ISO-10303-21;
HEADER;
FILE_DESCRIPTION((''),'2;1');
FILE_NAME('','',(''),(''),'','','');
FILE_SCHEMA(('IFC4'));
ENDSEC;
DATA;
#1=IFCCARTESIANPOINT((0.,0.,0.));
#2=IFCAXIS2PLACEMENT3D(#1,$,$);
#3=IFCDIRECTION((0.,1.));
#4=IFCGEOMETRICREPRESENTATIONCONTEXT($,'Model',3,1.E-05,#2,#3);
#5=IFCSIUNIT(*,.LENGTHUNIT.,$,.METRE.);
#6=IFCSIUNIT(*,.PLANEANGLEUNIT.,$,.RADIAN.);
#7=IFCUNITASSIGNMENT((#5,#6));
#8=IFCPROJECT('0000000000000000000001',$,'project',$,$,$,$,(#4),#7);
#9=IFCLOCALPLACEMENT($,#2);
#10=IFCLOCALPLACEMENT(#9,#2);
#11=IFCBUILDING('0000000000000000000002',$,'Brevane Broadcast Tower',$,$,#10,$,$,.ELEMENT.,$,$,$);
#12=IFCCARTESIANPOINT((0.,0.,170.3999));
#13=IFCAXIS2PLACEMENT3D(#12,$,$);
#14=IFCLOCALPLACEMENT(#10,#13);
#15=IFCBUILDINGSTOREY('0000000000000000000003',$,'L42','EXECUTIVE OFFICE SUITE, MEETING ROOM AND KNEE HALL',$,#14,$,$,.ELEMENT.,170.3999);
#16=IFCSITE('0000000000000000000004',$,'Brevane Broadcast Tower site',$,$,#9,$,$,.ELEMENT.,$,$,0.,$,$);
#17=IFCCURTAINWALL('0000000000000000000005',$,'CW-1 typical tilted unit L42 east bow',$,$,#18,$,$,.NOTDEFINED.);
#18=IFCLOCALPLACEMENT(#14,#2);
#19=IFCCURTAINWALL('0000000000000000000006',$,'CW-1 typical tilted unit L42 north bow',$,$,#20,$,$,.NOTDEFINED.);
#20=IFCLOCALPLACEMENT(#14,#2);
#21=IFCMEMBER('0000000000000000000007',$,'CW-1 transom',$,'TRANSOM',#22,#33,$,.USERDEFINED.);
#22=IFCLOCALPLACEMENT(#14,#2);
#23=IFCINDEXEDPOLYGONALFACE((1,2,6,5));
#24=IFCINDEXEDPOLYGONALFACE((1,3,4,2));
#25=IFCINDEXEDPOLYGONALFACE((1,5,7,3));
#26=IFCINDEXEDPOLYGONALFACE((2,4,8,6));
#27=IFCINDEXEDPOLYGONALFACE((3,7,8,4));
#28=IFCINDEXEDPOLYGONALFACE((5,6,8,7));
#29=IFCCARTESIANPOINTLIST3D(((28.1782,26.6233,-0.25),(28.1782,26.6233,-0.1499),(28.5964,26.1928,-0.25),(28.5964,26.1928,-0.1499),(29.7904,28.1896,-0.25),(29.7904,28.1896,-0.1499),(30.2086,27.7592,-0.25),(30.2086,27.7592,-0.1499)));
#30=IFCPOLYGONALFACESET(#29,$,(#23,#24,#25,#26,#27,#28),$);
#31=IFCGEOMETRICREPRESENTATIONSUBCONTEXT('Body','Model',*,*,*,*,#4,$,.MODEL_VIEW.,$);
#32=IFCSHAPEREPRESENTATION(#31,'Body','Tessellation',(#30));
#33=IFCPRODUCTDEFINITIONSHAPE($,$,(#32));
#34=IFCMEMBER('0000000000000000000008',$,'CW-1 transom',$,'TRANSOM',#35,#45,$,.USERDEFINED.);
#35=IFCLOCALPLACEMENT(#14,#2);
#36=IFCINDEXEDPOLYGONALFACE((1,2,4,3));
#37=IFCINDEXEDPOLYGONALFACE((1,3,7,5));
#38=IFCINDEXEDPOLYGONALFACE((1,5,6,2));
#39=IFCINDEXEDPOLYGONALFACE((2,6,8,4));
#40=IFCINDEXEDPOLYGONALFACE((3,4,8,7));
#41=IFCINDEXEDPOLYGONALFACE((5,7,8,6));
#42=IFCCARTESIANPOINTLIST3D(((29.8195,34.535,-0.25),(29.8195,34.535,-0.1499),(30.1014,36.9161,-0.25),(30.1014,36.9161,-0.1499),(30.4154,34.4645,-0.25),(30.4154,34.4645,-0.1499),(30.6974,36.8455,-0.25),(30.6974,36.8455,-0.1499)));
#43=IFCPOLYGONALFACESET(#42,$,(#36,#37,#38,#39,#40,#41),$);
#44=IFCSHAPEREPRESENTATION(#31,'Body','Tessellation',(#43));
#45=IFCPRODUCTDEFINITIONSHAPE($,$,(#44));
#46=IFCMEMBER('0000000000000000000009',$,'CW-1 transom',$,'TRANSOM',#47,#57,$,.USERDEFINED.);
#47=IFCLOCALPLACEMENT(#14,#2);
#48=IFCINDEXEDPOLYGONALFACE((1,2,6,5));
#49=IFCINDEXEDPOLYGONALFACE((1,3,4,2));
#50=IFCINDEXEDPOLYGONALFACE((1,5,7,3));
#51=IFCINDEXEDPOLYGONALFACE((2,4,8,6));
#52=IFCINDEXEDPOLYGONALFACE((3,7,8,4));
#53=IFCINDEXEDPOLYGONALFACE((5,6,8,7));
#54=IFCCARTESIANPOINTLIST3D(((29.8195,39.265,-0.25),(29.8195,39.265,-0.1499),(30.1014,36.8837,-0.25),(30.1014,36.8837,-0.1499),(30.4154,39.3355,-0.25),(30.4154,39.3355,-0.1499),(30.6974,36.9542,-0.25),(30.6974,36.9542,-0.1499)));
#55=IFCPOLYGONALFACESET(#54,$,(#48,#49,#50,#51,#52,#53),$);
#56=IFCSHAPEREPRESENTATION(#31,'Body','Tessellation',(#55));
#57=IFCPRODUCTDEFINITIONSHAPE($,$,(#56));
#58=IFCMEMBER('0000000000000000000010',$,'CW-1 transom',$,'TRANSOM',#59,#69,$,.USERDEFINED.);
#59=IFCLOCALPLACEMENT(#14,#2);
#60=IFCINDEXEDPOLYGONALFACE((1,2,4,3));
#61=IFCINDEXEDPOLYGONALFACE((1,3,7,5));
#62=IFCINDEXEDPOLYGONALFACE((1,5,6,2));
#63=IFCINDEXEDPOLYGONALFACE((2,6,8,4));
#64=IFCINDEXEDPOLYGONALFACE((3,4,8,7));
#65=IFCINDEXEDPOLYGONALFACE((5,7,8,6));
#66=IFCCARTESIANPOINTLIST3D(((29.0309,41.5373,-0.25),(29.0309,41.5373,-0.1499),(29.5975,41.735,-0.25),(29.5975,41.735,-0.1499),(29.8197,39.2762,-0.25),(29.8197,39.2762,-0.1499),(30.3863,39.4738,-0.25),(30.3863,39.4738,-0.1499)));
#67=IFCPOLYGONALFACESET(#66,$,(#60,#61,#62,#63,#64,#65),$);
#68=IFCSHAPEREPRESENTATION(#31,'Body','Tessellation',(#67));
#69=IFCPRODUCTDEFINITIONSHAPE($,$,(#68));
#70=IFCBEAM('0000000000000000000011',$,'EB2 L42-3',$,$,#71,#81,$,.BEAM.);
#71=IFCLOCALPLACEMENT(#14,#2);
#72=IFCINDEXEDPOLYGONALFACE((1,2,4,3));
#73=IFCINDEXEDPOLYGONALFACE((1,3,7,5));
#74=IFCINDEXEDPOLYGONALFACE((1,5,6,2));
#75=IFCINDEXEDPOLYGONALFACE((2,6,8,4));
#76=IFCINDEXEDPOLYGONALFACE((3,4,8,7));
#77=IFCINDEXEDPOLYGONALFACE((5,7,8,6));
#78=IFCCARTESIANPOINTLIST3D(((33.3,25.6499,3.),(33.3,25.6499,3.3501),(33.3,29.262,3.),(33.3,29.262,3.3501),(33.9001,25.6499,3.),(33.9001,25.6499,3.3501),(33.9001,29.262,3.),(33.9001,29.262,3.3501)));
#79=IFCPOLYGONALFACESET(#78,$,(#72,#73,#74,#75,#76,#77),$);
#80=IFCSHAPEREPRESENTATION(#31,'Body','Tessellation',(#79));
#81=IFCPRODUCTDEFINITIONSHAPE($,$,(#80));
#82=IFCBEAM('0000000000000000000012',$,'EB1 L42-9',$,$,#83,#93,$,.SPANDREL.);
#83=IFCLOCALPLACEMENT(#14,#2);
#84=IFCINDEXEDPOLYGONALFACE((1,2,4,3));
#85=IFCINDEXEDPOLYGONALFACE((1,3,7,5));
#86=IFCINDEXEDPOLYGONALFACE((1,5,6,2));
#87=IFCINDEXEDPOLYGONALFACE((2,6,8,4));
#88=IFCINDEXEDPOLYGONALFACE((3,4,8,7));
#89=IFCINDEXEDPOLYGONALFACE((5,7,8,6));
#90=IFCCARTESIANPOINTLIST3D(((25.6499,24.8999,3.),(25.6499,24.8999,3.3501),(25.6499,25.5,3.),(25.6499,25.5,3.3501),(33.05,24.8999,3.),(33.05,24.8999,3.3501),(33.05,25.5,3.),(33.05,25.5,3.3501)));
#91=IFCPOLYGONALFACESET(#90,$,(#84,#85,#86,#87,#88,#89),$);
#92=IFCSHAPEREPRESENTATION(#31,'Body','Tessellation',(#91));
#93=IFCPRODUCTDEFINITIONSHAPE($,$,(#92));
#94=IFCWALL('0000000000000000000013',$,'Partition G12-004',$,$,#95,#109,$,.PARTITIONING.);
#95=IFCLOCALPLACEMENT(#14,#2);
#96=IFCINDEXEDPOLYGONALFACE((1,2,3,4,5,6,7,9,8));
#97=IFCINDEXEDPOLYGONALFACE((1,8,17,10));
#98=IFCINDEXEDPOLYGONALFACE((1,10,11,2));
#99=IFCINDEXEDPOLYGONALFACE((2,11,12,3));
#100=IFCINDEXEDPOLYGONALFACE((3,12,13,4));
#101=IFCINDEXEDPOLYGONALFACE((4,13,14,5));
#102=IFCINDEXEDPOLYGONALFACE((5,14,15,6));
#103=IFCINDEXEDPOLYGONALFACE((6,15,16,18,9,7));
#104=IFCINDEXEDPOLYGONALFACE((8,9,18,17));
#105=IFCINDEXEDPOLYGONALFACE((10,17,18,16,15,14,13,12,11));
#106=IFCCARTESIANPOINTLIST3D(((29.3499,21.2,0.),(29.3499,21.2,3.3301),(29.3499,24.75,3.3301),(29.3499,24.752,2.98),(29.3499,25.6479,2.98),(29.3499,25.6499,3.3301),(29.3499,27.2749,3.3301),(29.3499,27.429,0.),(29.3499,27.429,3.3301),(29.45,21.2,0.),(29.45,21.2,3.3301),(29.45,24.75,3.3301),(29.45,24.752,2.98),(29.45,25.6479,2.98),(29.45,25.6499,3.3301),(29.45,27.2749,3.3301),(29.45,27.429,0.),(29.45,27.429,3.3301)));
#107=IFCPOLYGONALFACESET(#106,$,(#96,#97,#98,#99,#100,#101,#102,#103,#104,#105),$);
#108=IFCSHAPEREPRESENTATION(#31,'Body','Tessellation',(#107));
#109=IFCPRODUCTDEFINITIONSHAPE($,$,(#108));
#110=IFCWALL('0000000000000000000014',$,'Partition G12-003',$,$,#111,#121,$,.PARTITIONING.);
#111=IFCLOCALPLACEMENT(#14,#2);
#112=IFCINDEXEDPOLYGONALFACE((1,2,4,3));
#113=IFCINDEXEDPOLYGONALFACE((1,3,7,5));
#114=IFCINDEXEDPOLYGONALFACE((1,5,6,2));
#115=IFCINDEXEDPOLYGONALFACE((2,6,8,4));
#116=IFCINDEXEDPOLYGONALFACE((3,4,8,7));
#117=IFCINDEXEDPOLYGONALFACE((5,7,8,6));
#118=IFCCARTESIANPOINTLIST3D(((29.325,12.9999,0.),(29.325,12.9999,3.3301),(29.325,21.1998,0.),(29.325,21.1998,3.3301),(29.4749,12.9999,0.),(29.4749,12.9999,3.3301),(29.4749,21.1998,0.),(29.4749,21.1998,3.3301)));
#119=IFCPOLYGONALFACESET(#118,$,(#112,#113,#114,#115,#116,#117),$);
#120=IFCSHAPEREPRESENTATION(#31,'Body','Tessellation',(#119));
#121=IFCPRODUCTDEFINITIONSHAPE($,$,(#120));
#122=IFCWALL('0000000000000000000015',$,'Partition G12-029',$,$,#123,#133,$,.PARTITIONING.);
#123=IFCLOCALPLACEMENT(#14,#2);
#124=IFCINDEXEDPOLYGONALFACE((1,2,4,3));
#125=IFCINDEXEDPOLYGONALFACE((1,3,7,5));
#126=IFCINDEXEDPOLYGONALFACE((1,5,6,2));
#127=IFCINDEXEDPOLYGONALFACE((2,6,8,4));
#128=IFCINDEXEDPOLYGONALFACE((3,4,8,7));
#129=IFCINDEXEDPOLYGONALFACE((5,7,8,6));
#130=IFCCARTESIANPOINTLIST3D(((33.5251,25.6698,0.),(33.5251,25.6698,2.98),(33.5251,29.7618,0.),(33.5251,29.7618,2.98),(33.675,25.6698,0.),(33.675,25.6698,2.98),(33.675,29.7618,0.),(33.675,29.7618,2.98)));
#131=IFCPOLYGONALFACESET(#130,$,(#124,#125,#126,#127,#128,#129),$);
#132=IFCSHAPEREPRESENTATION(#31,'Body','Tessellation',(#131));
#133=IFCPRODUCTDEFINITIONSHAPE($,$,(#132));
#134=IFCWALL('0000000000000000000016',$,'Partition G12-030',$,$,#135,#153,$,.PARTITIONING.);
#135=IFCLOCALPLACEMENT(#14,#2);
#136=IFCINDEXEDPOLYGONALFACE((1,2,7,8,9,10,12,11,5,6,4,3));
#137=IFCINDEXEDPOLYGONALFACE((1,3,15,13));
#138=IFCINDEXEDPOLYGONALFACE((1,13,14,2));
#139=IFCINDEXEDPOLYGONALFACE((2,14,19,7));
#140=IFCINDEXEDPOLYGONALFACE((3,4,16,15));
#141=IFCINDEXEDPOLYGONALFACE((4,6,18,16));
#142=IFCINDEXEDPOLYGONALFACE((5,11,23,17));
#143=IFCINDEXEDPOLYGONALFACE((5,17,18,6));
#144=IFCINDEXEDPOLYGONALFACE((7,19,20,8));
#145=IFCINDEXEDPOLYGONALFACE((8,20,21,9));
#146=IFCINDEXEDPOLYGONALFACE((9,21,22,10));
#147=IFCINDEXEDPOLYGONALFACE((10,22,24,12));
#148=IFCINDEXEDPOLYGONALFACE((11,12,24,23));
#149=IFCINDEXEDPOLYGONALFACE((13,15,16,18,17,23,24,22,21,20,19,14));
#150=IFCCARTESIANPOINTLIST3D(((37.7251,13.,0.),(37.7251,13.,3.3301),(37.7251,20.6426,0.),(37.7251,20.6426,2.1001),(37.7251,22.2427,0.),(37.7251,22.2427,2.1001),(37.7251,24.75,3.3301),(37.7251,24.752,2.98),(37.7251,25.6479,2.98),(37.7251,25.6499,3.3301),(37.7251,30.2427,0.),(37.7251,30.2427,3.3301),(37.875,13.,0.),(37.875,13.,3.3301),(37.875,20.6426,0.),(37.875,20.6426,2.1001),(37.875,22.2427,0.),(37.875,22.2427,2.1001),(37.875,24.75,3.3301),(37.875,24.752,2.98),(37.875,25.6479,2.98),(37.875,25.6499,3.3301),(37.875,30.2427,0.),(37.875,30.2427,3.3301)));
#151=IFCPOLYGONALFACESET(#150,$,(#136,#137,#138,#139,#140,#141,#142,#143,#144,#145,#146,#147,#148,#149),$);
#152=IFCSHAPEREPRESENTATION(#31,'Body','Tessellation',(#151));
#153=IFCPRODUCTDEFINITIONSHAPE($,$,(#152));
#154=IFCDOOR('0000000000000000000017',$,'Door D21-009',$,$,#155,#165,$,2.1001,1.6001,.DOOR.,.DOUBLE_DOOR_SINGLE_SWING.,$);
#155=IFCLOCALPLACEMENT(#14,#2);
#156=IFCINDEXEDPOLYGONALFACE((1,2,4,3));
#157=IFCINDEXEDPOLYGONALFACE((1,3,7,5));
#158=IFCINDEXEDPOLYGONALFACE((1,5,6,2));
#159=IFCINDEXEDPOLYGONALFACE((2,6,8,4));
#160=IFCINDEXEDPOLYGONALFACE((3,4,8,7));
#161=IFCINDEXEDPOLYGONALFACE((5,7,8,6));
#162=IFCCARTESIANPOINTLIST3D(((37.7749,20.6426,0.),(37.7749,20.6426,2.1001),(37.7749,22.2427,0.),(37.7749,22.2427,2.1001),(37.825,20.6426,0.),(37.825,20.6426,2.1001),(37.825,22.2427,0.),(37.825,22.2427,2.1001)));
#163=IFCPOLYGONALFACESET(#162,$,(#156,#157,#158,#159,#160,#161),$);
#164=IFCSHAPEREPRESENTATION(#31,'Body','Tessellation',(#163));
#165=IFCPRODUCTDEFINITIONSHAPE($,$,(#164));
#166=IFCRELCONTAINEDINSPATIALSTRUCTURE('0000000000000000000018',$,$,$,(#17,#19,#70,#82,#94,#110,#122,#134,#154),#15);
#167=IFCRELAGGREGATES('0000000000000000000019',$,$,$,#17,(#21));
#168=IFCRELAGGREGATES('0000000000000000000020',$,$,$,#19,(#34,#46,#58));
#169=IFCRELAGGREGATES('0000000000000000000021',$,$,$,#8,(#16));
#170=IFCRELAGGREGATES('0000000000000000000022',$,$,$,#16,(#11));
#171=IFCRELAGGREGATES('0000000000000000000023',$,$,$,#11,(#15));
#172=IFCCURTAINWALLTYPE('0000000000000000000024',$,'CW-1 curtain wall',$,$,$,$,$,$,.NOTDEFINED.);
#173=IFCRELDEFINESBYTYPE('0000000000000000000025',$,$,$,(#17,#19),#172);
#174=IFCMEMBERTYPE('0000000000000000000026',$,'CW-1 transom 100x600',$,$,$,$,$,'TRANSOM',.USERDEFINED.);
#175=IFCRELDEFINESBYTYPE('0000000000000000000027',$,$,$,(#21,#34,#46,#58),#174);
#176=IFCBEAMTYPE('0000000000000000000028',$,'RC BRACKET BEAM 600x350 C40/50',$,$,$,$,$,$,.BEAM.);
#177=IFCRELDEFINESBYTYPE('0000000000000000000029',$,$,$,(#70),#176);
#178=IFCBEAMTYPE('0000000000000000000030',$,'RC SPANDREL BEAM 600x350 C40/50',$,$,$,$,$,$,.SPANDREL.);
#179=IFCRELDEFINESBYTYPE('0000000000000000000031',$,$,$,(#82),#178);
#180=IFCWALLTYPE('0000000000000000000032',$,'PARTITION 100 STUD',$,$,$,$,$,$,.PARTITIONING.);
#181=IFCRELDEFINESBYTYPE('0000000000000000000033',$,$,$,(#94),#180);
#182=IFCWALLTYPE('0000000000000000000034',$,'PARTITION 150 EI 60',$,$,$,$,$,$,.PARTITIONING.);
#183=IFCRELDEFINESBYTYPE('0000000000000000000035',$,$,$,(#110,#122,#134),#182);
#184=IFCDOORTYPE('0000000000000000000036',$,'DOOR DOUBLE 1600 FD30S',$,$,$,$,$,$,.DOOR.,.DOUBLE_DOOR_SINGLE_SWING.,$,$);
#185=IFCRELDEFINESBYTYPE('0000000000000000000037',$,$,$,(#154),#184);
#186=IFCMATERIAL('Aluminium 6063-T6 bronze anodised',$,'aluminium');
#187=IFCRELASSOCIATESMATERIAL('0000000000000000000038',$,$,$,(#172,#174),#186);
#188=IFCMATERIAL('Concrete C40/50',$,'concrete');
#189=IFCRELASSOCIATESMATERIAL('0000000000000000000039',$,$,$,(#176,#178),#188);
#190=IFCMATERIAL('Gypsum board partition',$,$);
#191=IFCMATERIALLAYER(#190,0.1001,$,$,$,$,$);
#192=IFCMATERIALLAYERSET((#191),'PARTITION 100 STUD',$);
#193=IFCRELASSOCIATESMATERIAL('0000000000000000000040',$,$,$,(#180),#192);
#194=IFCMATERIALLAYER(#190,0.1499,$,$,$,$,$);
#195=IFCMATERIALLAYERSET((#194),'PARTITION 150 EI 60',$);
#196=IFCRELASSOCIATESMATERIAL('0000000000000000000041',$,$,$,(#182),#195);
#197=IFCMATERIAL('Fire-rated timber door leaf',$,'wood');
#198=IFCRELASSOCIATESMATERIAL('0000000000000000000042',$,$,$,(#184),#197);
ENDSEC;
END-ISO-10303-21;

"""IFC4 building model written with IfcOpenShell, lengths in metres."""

from ifc_helpers import new_model, si_unit, direction, frame, frame_2d, origin, origin_2d, place, context, subcontext, project, spatial, polyline, rectangle, outline, extrude, material, layer, layer_set, material_profile, profile_set, type_object, element, fill, aggregate, save


model = new_model("IFC4")

# Units and contexts
model_context = context("Model", 3, precision=1e-05, world=origin(), true_north=direction((0.0, 1.0)))
body_context = subcontext(model_context, "Body", "Model", "MODEL_VIEW")
ifc_project = project(units=[si_unit("LENGTHUNIT", "METRE"), si_unit("PLANEANGLEUNIT", "RADIAN")], contexts=[model_context])

# Site, building, storey
site_placement = place(None, origin())
site = spatial("IfcSite", under=ifc_project, at=site_placement, Name="Brevane Broadcast Tower site", CompositionType="ELEMENT", RefElevation=0.0)
building_placement = place(site_placement, origin())
building = spatial("IfcBuilding", under=site, at=building_placement, Name="Brevane Broadcast Tower", CompositionType="ELEMENT")
storey_placement = place(building_placement, frame((0.0, 0.0, 170.3999)))
storey = spatial("IfcBuildingStorey", under=building, at=storey_placement, Name="L42", Description="EXECUTIVE OFFICE SUITE, MEETING ROOM AND KNEE HALL", CompositionType="ELEMENT", Elevation=170.3999)

# Curtain walls
ifc_material_1 = material(Name="Aluminium 6063-T6 bronze anodised", Category="aluminium")
curtain_wall_type = type_object("IfcCurtainWallType", Name="CW-1 curtain wall", PredefinedType="NOTDEFINED", material=ifc_material_1)
curtain_wall_1_placement = place(storey_placement, origin())
curtain_wall_1 = element("IfcCurtainWall", 1, at=curtain_wall_1_placement, inside=storey, type_object=curtain_wall_type, Name="CW-1 typical tilted unit L42 east bow", PredefinedType="NOTDEFINED")
curtain_wall_2_placement = place(storey_placement, origin())
curtain_wall_2 = element("IfcCurtainWall", 2, at=curtain_wall_2_placement, inside=storey, type_object=curtain_wall_type, Name="CW-1 typical tilted unit L42 north bow", PredefinedType="NOTDEFINED")

# Members
ifc_material_profile_1 = material_profile(ifc_material_1, rectangle(XDim=0.6001, YDim=0.1001, at=origin_2d()), Name="RECT 100x600")
ifc_profile_set_1 = profile_set([ifc_material_profile_1], Name="Aluminium 6063-T6 bronze anodised")
member_type_1 = type_object("IfcMemberType", Name="CW-1 transom 100x600", ElementType="TRANSOM", PredefinedType="USERDEFINED", material=ifc_profile_set_1)
member_1_placement = place(storey_placement, frame((29.9995, 27.9744, -0.2), z_axis=(-0.717242, -0.696824, 0.0), x_axis=(0.696824, -0.717242, 0.0)))
member_1 = element("IfcMember", 3, at=member_1_placement, type_object=member_type_1, Name="CW-1 transom", ObjectType="TRANSOM", PredefinedType="USERDEFINED", context=body_context, shape_type="SweptSolid", body=[
    extrude(rectangle(XDim=0.6001, YDim=0.1001, at=origin_2d()), origin(), (0.0, 0.0, 1.0), 2.2478),
])
aggregate(curtain_wall_1, [member_1])
member_2_placement = place(storey_placement, frame((30.1174, 34.4998, -0.2), z_axis=(0.117603, 0.993061, 0.0), x_axis=(-0.993061, 0.117603, 0.0)))
member_2 = element("IfcMember", 4, at=member_2_placement, type_object=member_type_1, Name="CW-1 transom", ObjectType="TRANSOM", PredefinedType="USERDEFINED", context=body_context, shape_type="SweptSolid", body=[
    extrude(rectangle(XDim=0.6001, YDim=0.1001, at=origin_2d()), origin(), (0.0, 0.0, 1.0), 2.3977),
])
member_3_placement = place(storey_placement, frame((30.3994, 36.9189, -0.2), z_axis=(-0.117591, 0.993062, 0.0), x_axis=(-0.993062, -0.117591, 0.0)))
member_3 = element("IfcMember", 5, at=member_3_placement, type_object=member_type_1, Name="CW-1 transom", ObjectType="TRANSOM", PredefinedType="USERDEFINED", context=body_context, shape_type="SweptSolid", body=[
    extrude(rectangle(XDim=0.6001, YDim=0.1001, at=origin_2d()), origin(), (0.0, 0.0, 1.0), 2.3979),
])
member_4_placement = place(storey_placement, frame((30.103, 39.375, -0.2), z_axis=(-0.329378, 0.944198, 0.0), x_axis=(-0.944198, -0.329378, 0.0)))
member_4 = element("IfcMember", 6, at=member_4_placement, type_object=member_type_1, Name="CW-1 transom", ObjectType="TRANSOM", PredefinedType="USERDEFINED", context=body_context, shape_type="SweptSolid", body=[
    extrude(rectangle(XDim=0.6001, YDim=0.1001, at=origin_2d()), origin(), (0.0, 0.0, 1.0), 2.3948),
])
aggregate(curtain_wall_2, [member_2, member_3, member_4])

# Beams
ifc_material_2 = material(Name="Concrete C40/50", Category="concrete")
ifc_material_profile_2 = material_profile(ifc_material_2, rectangle(XDim=0.6001, YDim=0.3501, at=origin_2d()), Name="RC 600x350")
ifc_profile_set_2 = profile_set([ifc_material_profile_2], Name="Concrete C40/50")
beam_type_1 = type_object("IfcBeamType", Name="RC BRACKET BEAM 600x350 C40/50", PredefinedType="BEAM", material=ifc_profile_set_2)
beam_1_placement = place(storey_placement, frame((33.6001, 25.6499, 3.175), z_axis=(0.0, 1.0, 0.0), x_axis=(-1.0, 0.0, 0.0)))
element("IfcBeam", 7, at=beam_1_placement, inside=storey, type_object=beam_type_1, Name="EB2 L42-3", PredefinedType="BEAM", context=body_context, shape_type="SweptSolid", body=[
    extrude(rectangle(XDim=0.6001, YDim=0.3501, at=origin_2d()), origin(), (0.0, 0.0, 1.0), 3.6121),
])
ifc_material_profile_3 = material_profile(ifc_material_2, rectangle(XDim=0.6001, YDim=0.3501, at=origin_2d()), Name="RC 600x350")
ifc_profile_set_3 = profile_set([ifc_material_profile_3], Name="Concrete C40/50")
beam_type_2 = type_object("IfcBeamType", Name="RC SPANDREL BEAM 600x350 C40/50", PredefinedType="SPANDREL", material=ifc_profile_set_3)
beam_2_placement = place(storey_placement, frame((33.05, 25.2, 3.175), z_axis=(-1.0, 0.0, 0.0), x_axis=(0.0, -1.0, 0.0)))
element("IfcBeam", 8, at=beam_2_placement, inside=storey, type_object=beam_type_2, Name="EB1 L42-9", PredefinedType="SPANDREL", context=body_context, shape_type="SweptSolid", body=[
    extrude(rectangle(XDim=0.6001, YDim=0.3501, at=origin_2d()), origin(), (0.0, 0.0, 1.0), 7.4001),
])

# Walls
ifc_material_3 = material(Name="Gypsum board partition")
ifc_layer_1 = layer(ifc_material_3, 0.1001)
ifc_layer_set_1 = layer_set([ifc_layer_1], Name="PARTITION 100 STUD")
wall_type_1 = type_object("IfcWallType", Name="PARTITION 100 STUD", PredefinedType="PARTITIONING", material=ifc_layer_set_1)
wall_1_placement = place(storey_placement, frame((29.3999, 27.429, 0.0), z_axis=(0.0, 0.0, 1.0), x_axis=(0.0, -1.0, 0.0)))
element("IfcWall", 9, at=wall_1_placement, inside=storey, type_object=wall_type_1, Name="Partition G12-004", PredefinedType="PARTITIONING", context=body_context, shape_type="SweptSolid", body=[
    extrude(outline(polyline([(0.0, 0.0), (6.229, 0.0), (6.229, 3.3301), (2.679, 3.3301), (2.677, 2.98), (1.781, 2.98), (1.7791, 3.3301), (0.1541, 3.3301), (0.0, 3.3301), (0.0, 0.0)])), frame((0.0, 0.05, 0.0), z_axis=(0.0, -1.0, 0.0), x_axis=(1.0, 0.0, 0.0)), (0.0, 0.0, 1.0), 0.1001),
])
ifc_layer_2 = layer(ifc_material_3, 0.1499)
ifc_layer_set_2 = layer_set([ifc_layer_2], Name="PARTITION 150 EI 60")
wall_type_2 = type_object("IfcWallType", Name="PARTITION 150 EI 60", PredefinedType="PARTITIONING", material=ifc_layer_set_2)
wall_2_placement = place(storey_placement, frame((29.3999, 21.2, 0.0), z_axis=(0.0, 0.0, 1.0), x_axis=(0.0, -1.0, 0.0)))
element("IfcWall", 10, at=wall_2_placement, inside=storey, type_object=wall_type_2, Name="Partition G12-003", PredefinedType="PARTITIONING", context=body_context, shape_type="SweptSolid", body=[
    extrude(rectangle(XDim=8.2, YDim=0.1499, at=frame_2d((4.1001, 0.0))), origin(), (0.0, 0.0, 1.0), 3.3301),
])
wall_3_placement = place(storey_placement, frame((33.6001, 25.6699, 0.0), z_axis=(0.0, 0.0, 1.0), x_axis=(0.0, 1.0, 0.0)))
element("IfcWall", 11, at=wall_3_placement, inside=storey, type_object=wall_type_2, Name="Partition G12-029", PredefinedType="PARTITIONING", context=body_context, shape_type="SweptSolid", body=[
    extrude(rectangle(XDim=4.092, YDim=0.1499, at=frame_2d((2.0459, 0.0))), origin(), (0.0, 0.0, 1.0), 2.98),
])

# Wall, opening, door
wall_4_placement = place(storey_placement, frame((37.8, 30.2427, 0.0), z_axis=(0.0, 0.0, 1.0), x_axis=(0.0, -1.0, 0.0)))
wall_4 = element("IfcWall", 12, at=wall_4_placement, inside=storey, type_object=wall_type_2, Name="Partition G12-030", PredefinedType="PARTITIONING", context=body_context, shape_type="SweptSolid", body=[
    extrude(outline(polyline([(0.0, 0.0), (17.2427, 0.0), (17.2427, 3.3301), (5.4927, 3.3301), (5.4907, 2.98), (4.5947, 2.98), (4.5928, 3.3301), (0.0, 3.3301), (0.0, 0.0)])), frame((0.0, 0.075, 0.0), z_axis=(0.0, -1.0, 0.0), x_axis=(1.0, 0.0, 0.0)), (0.0, 0.0, 1.0), 0.1499),
])
opening_placement = place(wall_4_placement, frame((8.0, 0.0, 0.0)))
opening = element("IfcOpeningElement", 13, at=opening_placement, cuts=wall_4, PredefinedType="OPENING", context=body_context, shape_type="SweptSolid", body=[
    extrude(rectangle(XDim=1.6001, YDim=2.1001, at=frame_2d((0.8, 1.05))), frame((0.0, 0.085, 0.0), z_axis=(0.0, -1.0, 0.0), x_axis=(1.0, 0.0, 0.0)), (0.0, 0.0, 1.0), 0.1699),
])
ifc_material_4 = material(Name="Fire-rated timber door leaf", Category="wood")
door_type = type_object("IfcDoorType", Name="DOOR DOUBLE 1600 FD30S", OperationType="DOUBLE_DOOR_SINGLE_SWING", PredefinedType="DOOR", material=ifc_material_4)
door_placement = place(opening_placement, origin())
door = element("IfcDoor", 14, at=door_placement, inside=storey, type_object=door_type, Name="Door D21-009", OperationType="DOUBLE_DOOR_SINGLE_SWING", OverallHeight=2.1001, OverallWidth=1.6001, PredefinedType="DOOR", context=body_context, shape_type="SweptSolid", body=[
    extrude(rectangle(XDim=1.6001, YDim=2.1001, at=frame_2d((0.8, 1.05))), frame((0.0, 0.0249, 0.0), z_axis=(0.0, -1.0, 0.0), x_axis=(1.0, 0.0, 0.0)), (0.0, 0.0, 1.0), 0.05),
])
fill(opening, door)

save(model, "model.ifc")
